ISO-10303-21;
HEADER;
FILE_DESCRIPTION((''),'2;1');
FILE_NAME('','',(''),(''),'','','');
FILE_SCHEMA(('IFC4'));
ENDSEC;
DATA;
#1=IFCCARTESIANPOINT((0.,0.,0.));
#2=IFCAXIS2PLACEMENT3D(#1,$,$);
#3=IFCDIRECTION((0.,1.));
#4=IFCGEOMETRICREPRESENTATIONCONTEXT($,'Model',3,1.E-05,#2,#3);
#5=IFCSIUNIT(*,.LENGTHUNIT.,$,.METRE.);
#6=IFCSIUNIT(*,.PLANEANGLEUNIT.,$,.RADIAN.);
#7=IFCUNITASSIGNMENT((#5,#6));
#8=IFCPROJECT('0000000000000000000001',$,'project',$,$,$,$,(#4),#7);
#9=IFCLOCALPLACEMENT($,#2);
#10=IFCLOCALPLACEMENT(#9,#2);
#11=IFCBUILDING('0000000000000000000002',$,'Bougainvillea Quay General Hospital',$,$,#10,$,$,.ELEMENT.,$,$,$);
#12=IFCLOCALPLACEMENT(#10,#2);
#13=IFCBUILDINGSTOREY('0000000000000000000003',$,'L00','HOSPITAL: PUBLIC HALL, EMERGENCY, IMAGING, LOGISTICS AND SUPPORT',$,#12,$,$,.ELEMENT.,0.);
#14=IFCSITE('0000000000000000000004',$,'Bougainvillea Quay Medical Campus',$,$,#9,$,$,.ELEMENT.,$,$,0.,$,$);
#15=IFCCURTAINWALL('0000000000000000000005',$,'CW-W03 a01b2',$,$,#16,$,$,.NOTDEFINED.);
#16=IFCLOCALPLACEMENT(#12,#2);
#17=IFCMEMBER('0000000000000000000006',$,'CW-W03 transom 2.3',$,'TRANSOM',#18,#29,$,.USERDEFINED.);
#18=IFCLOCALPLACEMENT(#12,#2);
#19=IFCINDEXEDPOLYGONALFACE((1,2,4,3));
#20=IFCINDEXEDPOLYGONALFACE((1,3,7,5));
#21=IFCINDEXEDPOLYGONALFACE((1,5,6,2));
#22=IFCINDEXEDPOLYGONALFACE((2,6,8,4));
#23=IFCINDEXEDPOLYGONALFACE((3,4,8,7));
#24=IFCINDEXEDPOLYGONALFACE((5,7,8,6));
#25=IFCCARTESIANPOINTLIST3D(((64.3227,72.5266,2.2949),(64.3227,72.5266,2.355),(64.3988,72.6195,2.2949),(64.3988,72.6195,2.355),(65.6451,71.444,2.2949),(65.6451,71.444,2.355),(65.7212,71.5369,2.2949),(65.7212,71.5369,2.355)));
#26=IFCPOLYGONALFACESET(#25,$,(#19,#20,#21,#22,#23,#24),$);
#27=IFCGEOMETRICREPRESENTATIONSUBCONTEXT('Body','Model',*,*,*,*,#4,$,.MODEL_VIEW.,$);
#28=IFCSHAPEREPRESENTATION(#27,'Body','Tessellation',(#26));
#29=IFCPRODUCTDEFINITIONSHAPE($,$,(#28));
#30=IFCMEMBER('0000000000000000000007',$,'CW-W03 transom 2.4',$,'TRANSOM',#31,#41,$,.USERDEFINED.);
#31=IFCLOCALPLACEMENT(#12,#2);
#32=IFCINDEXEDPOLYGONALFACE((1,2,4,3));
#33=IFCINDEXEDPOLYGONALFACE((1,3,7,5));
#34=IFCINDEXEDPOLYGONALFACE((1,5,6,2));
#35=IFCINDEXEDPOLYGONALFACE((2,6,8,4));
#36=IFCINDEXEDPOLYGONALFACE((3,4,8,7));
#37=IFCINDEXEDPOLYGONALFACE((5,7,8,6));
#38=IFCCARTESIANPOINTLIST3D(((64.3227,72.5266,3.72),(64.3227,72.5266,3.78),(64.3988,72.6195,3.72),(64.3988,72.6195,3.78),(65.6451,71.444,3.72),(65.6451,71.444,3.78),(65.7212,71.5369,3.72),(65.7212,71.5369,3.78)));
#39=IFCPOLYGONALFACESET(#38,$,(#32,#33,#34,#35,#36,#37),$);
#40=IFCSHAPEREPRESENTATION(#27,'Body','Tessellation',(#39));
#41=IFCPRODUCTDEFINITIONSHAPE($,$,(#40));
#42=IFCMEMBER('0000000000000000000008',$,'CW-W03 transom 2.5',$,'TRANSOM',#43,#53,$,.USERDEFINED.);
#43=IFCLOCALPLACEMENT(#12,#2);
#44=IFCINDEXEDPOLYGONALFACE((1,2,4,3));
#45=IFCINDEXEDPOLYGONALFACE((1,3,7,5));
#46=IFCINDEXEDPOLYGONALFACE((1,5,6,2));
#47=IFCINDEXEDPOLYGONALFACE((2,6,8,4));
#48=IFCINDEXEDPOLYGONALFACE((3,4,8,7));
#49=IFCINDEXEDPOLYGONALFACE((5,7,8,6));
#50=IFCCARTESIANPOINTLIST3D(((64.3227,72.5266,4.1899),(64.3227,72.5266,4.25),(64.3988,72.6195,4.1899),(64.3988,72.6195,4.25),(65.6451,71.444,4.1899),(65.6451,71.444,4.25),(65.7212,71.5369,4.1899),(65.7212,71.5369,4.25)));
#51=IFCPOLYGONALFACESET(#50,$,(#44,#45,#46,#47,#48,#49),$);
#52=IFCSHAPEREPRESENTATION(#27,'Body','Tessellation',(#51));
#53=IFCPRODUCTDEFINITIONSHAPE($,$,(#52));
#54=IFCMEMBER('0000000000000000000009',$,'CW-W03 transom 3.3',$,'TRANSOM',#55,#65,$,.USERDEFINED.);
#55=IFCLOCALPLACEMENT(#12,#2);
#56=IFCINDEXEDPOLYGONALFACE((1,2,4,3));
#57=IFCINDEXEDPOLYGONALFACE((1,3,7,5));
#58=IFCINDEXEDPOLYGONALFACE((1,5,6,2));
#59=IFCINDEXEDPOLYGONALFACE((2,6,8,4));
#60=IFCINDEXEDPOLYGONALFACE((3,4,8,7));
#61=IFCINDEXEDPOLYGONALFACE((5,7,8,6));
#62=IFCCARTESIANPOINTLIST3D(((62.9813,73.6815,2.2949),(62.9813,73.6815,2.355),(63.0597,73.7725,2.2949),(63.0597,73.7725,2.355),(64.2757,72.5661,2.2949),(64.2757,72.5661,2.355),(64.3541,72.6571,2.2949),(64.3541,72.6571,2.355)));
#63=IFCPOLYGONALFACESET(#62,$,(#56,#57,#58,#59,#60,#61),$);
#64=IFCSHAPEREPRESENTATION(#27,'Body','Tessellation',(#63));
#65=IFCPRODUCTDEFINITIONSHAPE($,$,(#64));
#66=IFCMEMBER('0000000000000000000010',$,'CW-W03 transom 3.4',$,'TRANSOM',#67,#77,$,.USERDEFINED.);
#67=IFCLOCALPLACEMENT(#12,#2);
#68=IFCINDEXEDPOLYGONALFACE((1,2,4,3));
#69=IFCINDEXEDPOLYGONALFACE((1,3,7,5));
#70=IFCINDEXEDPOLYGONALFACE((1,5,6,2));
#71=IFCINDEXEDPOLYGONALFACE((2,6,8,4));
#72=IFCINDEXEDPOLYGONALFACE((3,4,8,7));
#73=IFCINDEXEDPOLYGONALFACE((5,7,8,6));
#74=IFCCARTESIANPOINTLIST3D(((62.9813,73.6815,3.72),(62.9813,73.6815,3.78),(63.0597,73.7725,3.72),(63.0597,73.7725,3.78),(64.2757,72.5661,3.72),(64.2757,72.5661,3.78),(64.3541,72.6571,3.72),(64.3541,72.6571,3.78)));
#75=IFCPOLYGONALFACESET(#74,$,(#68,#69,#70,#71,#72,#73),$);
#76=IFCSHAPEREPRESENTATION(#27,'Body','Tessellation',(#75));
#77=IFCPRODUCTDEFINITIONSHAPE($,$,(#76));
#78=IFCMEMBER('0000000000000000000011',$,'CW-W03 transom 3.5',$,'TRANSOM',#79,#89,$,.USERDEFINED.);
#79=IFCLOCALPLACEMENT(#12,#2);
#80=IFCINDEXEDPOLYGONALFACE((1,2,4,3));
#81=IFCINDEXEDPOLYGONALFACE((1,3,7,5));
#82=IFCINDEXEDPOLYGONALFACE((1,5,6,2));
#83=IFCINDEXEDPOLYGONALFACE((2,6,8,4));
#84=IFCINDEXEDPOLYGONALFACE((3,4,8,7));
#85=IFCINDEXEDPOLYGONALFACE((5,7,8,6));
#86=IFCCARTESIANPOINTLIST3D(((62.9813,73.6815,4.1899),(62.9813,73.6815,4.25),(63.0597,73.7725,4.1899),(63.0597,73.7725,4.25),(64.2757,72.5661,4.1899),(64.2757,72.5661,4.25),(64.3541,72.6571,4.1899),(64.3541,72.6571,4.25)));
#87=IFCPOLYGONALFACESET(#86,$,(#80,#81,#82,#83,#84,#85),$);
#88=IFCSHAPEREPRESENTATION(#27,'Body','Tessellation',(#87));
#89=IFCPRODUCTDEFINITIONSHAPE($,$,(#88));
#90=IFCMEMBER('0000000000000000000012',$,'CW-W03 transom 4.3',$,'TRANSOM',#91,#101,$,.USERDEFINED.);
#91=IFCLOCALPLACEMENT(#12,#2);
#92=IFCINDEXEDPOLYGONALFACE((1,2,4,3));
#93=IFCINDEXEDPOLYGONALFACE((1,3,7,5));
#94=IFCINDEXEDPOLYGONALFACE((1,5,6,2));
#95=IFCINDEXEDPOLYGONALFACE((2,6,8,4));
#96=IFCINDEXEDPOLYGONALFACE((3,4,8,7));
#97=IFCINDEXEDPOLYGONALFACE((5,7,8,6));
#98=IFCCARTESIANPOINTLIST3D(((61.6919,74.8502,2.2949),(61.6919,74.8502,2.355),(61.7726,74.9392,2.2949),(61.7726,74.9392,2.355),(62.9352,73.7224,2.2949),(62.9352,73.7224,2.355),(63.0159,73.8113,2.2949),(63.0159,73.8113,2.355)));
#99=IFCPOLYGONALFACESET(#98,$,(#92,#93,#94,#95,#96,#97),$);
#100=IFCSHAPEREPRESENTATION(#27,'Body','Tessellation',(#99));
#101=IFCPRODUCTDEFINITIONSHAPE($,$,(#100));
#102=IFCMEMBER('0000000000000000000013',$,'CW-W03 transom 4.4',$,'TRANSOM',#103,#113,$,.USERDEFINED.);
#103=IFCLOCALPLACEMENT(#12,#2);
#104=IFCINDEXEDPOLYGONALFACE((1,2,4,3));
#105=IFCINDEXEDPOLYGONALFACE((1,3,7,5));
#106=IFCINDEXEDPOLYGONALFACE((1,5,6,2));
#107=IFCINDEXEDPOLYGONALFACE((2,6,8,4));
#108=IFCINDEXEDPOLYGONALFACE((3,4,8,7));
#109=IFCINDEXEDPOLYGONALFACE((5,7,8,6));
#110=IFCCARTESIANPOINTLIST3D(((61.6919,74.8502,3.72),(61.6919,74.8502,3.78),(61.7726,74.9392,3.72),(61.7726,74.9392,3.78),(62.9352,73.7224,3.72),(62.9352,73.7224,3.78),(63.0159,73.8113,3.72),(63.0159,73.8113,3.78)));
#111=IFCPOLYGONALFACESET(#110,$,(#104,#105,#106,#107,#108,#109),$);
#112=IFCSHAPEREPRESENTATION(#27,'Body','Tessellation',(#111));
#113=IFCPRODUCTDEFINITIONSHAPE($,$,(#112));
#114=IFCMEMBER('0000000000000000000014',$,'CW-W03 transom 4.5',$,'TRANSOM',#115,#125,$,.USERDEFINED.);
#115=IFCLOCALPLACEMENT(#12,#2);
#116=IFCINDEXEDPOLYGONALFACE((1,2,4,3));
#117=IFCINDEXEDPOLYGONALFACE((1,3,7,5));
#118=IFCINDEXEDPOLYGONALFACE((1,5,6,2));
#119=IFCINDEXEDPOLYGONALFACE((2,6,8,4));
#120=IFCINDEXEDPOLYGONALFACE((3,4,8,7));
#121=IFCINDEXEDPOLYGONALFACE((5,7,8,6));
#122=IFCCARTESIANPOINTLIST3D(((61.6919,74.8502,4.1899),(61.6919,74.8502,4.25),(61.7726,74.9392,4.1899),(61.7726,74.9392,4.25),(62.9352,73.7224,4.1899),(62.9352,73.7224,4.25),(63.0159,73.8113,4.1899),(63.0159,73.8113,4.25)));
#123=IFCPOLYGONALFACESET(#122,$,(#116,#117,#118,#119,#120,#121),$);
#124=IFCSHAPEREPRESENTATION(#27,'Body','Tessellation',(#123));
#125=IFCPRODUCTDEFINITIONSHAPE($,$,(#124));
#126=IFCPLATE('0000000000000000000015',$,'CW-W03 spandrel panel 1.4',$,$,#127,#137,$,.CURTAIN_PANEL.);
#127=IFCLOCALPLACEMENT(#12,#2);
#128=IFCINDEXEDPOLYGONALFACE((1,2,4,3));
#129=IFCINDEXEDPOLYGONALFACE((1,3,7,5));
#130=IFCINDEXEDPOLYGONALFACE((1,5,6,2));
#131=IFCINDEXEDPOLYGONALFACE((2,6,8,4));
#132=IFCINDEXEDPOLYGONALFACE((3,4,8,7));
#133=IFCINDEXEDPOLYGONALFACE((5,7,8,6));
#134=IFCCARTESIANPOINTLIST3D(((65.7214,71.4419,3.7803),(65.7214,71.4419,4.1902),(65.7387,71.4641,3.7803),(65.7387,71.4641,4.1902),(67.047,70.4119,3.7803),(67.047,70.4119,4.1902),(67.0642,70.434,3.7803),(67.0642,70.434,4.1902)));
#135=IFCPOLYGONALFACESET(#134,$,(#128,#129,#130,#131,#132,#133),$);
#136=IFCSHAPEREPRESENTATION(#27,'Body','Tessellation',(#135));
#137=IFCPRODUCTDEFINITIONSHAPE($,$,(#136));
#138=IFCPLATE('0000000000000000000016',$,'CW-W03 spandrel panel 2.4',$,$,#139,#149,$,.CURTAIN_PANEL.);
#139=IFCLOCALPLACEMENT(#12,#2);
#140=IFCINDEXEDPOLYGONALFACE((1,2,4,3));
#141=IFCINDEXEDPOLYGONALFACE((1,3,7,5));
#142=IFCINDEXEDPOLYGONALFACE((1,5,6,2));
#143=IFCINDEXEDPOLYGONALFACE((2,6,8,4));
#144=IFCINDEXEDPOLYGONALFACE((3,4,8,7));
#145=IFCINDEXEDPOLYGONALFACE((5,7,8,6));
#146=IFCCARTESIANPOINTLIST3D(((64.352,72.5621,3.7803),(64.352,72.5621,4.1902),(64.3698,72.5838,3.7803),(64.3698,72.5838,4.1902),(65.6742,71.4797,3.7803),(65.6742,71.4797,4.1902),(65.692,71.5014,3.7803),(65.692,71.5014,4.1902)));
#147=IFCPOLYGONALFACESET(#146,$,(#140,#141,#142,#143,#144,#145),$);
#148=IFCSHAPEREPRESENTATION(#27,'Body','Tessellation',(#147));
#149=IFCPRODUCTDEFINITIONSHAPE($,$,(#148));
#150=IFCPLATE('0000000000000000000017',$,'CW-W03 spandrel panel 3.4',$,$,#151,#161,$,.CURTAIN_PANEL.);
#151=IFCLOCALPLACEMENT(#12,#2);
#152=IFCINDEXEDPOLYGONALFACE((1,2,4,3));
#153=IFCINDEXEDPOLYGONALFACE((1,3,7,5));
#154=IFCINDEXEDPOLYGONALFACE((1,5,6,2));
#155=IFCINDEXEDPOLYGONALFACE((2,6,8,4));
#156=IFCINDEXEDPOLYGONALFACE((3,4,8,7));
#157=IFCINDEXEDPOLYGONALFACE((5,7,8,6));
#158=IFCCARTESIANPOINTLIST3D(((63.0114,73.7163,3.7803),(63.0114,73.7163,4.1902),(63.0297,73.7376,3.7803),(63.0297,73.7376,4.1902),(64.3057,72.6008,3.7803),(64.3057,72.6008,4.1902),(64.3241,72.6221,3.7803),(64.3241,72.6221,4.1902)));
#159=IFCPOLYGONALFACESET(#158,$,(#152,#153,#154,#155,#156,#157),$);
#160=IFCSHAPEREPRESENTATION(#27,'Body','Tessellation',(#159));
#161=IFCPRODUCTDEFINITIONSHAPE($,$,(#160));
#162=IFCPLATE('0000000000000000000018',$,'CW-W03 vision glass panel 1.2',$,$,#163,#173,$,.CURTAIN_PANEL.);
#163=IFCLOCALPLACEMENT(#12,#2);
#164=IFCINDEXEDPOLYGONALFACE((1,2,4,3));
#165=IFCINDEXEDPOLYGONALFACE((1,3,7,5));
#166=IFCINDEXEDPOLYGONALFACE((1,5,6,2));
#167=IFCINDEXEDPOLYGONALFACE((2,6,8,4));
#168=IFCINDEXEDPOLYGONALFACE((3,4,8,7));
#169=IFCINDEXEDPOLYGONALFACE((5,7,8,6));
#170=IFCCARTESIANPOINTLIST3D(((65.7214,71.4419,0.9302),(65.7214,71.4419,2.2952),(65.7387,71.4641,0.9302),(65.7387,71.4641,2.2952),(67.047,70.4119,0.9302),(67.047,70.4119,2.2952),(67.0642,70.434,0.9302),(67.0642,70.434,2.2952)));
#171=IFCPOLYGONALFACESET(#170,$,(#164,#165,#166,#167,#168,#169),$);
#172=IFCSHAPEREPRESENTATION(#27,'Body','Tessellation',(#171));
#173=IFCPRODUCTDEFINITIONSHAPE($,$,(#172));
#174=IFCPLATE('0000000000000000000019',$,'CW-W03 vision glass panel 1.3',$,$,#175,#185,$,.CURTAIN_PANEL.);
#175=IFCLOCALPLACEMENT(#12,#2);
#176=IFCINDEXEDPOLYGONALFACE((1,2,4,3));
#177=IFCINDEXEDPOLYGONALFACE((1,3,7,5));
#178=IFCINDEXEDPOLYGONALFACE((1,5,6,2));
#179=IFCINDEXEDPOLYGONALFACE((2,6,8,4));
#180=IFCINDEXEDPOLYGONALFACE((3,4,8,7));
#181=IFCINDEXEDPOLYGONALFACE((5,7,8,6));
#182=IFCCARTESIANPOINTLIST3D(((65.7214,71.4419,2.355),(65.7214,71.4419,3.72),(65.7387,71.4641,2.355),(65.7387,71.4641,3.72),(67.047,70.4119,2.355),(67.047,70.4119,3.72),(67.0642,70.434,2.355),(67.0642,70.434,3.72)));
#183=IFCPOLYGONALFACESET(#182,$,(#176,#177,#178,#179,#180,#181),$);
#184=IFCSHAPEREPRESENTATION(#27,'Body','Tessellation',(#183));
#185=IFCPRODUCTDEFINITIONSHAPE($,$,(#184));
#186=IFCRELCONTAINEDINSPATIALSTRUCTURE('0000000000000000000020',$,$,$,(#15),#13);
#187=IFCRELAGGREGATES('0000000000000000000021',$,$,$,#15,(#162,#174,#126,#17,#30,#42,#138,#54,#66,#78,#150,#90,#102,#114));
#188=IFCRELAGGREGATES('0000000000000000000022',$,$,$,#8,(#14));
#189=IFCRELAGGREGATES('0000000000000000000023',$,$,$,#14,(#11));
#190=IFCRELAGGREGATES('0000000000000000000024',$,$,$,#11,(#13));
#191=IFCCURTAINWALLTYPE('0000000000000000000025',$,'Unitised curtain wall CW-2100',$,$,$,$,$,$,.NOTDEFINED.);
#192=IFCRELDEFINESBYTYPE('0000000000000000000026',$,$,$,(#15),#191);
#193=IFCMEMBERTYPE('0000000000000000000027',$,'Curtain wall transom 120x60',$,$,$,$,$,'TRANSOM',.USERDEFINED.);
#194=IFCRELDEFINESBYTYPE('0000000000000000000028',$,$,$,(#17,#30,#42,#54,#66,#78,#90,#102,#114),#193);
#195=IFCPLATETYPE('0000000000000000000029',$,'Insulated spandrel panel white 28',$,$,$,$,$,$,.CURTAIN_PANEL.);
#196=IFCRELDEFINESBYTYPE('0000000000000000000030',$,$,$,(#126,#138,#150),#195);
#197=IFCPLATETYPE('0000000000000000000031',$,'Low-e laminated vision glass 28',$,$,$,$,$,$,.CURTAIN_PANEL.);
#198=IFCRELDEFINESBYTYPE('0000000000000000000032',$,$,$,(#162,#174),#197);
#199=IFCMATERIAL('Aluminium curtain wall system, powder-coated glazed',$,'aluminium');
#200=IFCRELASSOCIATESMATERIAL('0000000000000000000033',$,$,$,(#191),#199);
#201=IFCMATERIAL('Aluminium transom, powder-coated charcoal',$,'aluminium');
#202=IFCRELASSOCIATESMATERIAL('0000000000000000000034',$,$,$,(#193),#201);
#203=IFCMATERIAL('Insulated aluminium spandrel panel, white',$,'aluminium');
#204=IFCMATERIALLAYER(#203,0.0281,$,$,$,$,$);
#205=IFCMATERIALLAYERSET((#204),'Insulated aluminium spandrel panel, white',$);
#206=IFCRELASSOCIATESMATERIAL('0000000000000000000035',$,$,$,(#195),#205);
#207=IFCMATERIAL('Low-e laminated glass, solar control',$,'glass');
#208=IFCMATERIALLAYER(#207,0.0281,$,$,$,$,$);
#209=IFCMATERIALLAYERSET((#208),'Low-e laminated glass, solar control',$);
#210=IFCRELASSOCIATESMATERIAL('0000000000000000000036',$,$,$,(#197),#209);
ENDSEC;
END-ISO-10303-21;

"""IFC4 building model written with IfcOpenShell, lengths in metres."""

from ifc_helpers import new_model, si_unit, direction, frame, origin, origin_2d, place, context, subcontext, project, spatial, rectangle, extrude, material, layer, layer_set, material_profile, profile_set, type_object, element, aggregate, save


model = new_model("IFC4")

# Units and contexts
model_context = context("Model", 3, precision=1e-05, world=origin(), true_north=direction((0.0, 1.0)))
body_context = subcontext(model_context, "Body", "Model", "MODEL_VIEW")
ifc_project = project(units=[si_unit("LENGTHUNIT", "METRE"), si_unit("PLANEANGLEUNIT", "RADIAN")], contexts=[model_context])

# Site, building, storey
site_placement = place(None, origin())
site = spatial("IfcSite", under=ifc_project, at=site_placement, Name="Bougainvillea Quay Medical Campus", CompositionType="ELEMENT", RefElevation=0.0)
building_placement = place(site_placement, origin())
building = spatial("IfcBuilding", under=site, at=building_placement, Name="Bougainvillea Quay General Hospital", CompositionType="ELEMENT")
storey_placement = place(building_placement, origin())
storey = spatial("IfcBuildingStorey", under=building, at=storey_placement, Name="L00", Description="HOSPITAL: PUBLIC HALL, EMERGENCY, IMAGING, LOGISTICS AND SUPPORT", CompositionType="ELEMENT", Elevation=0.0)

# Curtain wall, members, plates
ifc_material_1 = material(Name="Aluminium curtain wall system, powder-coated glazed", Category="aluminium")
curtain_wall_type = type_object("IfcCurtainWallType", Name="Unitised curtain wall CW-2100", PredefinedType="NOTDEFINED", material=ifc_material_1)
curtain_wall_placement = place(storey_placement, origin())
curtain_wall = element("IfcCurtainWall", 1, at=curtain_wall_placement, inside=storey, type_object=curtain_wall_type, Name="CW-W03 a01b2", PredefinedType="NOTDEFINED")
ifc_material_2 = material(Name="Aluminium transom, powder-coated charcoal", Category="aluminium")
ifc_material_profile_1 = material_profile(ifc_material_2, rectangle(XDim=0.1201, YDim=0.0601, at=origin_2d()))
ifc_profile_set_1 = profile_set([ifc_material_profile_1], Name="Aluminium transom, powder-coated charcoal")
member_type = type_object("IfcMemberType", Name="Curtain wall transom 120x60", ElementType="TRANSOM", PredefinedType="USERDEFINED", material=ifc_profile_set_1)
member_1_placement = place(storey_placement, frame((65.6831, 71.4905, 2.325), z_axis=(-0.773766, 0.633471, 0.0), x_axis=(-0.633471, -0.773766, 0.0)))
member_1 = element("IfcMember", 2, at=member_1_placement, type_object=member_type, Name="CW-W03 transom 2.3", ObjectType="TRANSOM", PredefinedType="USERDEFINED", context=body_context, shape_type="SweptSolid", body=[
    extrude(rectangle(XDim=0.1201, YDim=0.0601, at=origin_2d()), origin(), (0.0, 0.0, 1.0), 1.709),
])
member_2_placement = place(storey_placement, frame((65.6831, 71.4905, 3.75), z_axis=(-0.773766, 0.633471, 0.0), x_axis=(-0.633471, -0.773766, 0.0)))
member_2 = element("IfcMember", 3, at=member_2_placement, type_object=member_type, Name="CW-W03 transom 2.4", ObjectType="TRANSOM", PredefinedType="USERDEFINED", context=body_context, shape_type="SweptSolid", body=[
    extrude(rectangle(XDim=0.1201, YDim=0.0601, at=origin_2d()), origin(), (0.0, 0.0, 1.0), 1.709),
])
member_3_placement = place(storey_placement, frame((65.6831, 71.4905, 4.22), z_axis=(-0.773766, 0.633471, 0.0), x_axis=(-0.633471, -0.773766, 0.0)))
member_3 = element("IfcMember", 4, at=member_3_placement, type_object=member_type, Name="CW-W03 transom 2.5", ObjectType="TRANSOM", PredefinedType="USERDEFINED", context=body_context, shape_type="SweptSolid", body=[
    extrude(rectangle(XDim=0.1201, YDim=0.0601, at=origin_2d()), origin(), (0.0, 0.0, 1.0), 1.709),
])
member_4_placement = place(storey_placement, frame((64.3149, 72.6116, 2.325), z_axis=(-0.757529, 0.652801, 0.0), x_axis=(-0.652801, -0.757529, 0.0)))
member_4 = element("IfcMember", 5, at=member_4_placement, type_object=member_type, Name="CW-W03 transom 3.3", ObjectType="TRANSOM", PredefinedType="USERDEFINED", context=body_context, shape_type="SweptSolid", body=[
    extrude(rectangle(XDim=0.1201, YDim=0.0601, at=origin_2d()), origin(), (0.0, 0.0, 1.0), 1.7087),
])
member_5_placement = place(storey_placement, frame((64.3149, 72.6116, 3.75), z_axis=(-0.757529, 0.652801, 0.0), x_axis=(-0.652801, -0.757529, 0.0)))
member_5 = element("IfcMember", 6, at=member_5_placement, type_object=member_type, Name="CW-W03 transom 3.4", ObjectType="TRANSOM", PredefinedType="USERDEFINED", context=body_context, shape_type="SweptSolid", body=[
    extrude(rectangle(XDim=0.1201, YDim=0.0601, at=origin_2d()), origin(), (0.0, 0.0, 1.0), 1.7087),
])
member_6_placement = place(storey_placement, frame((64.3149, 72.6116, 4.22), z_axis=(-0.757529, 0.652801, 0.0), x_axis=(-0.652801, -0.757529, 0.0)))
member_6 = element("IfcMember", 7, at=member_6_placement, type_object=member_type, Name="CW-W03 transom 3.5", ObjectType="TRANSOM", PredefinedType="USERDEFINED", context=body_context, shape_type="SweptSolid", body=[
    extrude(rectangle(XDim=0.1201, YDim=0.0601, at=origin_2d()), origin(), (0.0, 0.0, 1.0), 1.7087),
])
member_7_placement = place(storey_placement, frame((62.9756, 73.7668, 2.325), z_axis=(-0.740663, 0.671876, 0.0), x_axis=(-0.671876, -0.740663, 0.0)))
member_7 = element("IfcMember", 8, at=member_7_placement, type_object=member_type, Name="CW-W03 transom 4.3", ObjectType="TRANSOM", PredefinedType="USERDEFINED", context=body_context, shape_type="SweptSolid", body=[
    extrude(rectangle(XDim=0.1201, YDim=0.0601, at=origin_2d()), origin(), (0.0, 0.0, 1.0), 1.6787),
])
member_8_placement = place(storey_placement, frame((62.9756, 73.7668, 3.75), z_axis=(-0.740663, 0.671876, 0.0), x_axis=(-0.671876, -0.740663, 0.0)))
member_8 = element("IfcMember", 9, at=member_8_placement, type_object=member_type, Name="CW-W03 transom 4.4", ObjectType="TRANSOM", PredefinedType="USERDEFINED", context=body_context, shape_type="SweptSolid", body=[
    extrude(rectangle(XDim=0.1201, YDim=0.0601, at=origin_2d()), origin(), (0.0, 0.0, 1.0), 1.6787),
])
member_9_placement = place(storey_placement, frame((62.9756, 73.7668, 4.22), z_axis=(-0.740663, 0.671876, 0.0), x_axis=(-0.671876, -0.740663, 0.0)))
member_9 = element("IfcMember", 10, at=member_9_placement, type_object=member_type, Name="CW-W03 transom 4.5", ObjectType="TRANSOM", PredefinedType="USERDEFINED", context=body_context, shape_type="SweptSolid", body=[
    extrude(rectangle(XDim=0.1201, YDim=0.0601, at=origin_2d()), origin(), (0.0, 0.0, 1.0), 1.6787),
])
ifc_material_3 = material(Name="Insulated aluminium spandrel panel, white", Category="aluminium")
ifc_layer_1 = layer(ifc_material_3, 0.0281)
ifc_layer_set_1 = layer_set([ifc_layer_1], Name="Insulated aluminium spandrel panel, white")
plate_type_1 = type_object("IfcPlateType", Name="Insulated spandrel panel white 28", PredefinedType="CURTAIN_PANEL", material=ifc_layer_set_1)
plate_1_placement = place(storey_placement, frame((66.3928, 70.938, 3.7803), z_axis=(0.0, 0.0, 1.0), x_axis=(-0.789614, 0.613603, 0.0)))
plate_1 = element("IfcPlate", 11, at=plate_1_placement, type_object=plate_type_1, Name="CW-W03 spandrel panel 1.4", PredefinedType="CURTAIN_PANEL", context=body_context, shape_type="SweptSolid", body=[
    extrude(rectangle(XDim=1.6787, YDim=0.0281, at=origin_2d()), origin(), (0.0, 0.0, 1.0), 0.4099),
])
plate_2_placement = place(storey_placement, frame((65.022, 72.0317, 3.7803), z_axis=(0.0, 0.0, 1.0), x_axis=(-0.773802, 0.633428, 0.0)))
plate_2 = element("IfcPlate", 12, at=plate_2_placement, type_object=plate_type_1, Name="CW-W03 spandrel panel 2.4", PredefinedType="CURTAIN_PANEL", context=body_context, shape_type="SweptSolid", body=[
    extrude(rectangle(XDim=1.7087, YDim=0.0281, at=origin_2d()), origin(), (0.0, 0.0, 1.0), 0.4099),
])
plate_3_placement = place(storey_placement, frame((63.6677, 73.1692, 3.7803), z_axis=(0.0, 0.0, 1.0), x_axis=(-0.757491, 0.652846, 0.0)))
plate_3 = element("IfcPlate", 13, at=plate_3_placement, type_object=plate_type_1, Name="CW-W03 spandrel panel 3.4", PredefinedType="CURTAIN_PANEL", context=body_context, shape_type="SweptSolid", body=[
    extrude(rectangle(XDim=1.7087, YDim=0.0281, at=origin_2d()), origin(), (0.0, 0.0, 1.0), 0.4099),
])
ifc_material_4 = material(Name="Low-e laminated glass, solar control", Category="glass")
ifc_layer_2 = layer(ifc_material_4, 0.0281)
ifc_layer_set_2 = layer_set([ifc_layer_2], Name="Low-e laminated glass, solar control")
plate_type_2 = type_object("IfcPlateType", Name="Low-e laminated vision glass 28", PredefinedType="CURTAIN_PANEL", material=ifc_layer_set_2)
plate_4_placement = place(storey_placement, frame((66.3928, 70.938, 0.9302), z_axis=(0.0, 0.0, 1.0), x_axis=(-0.789614, 0.613603, 0.0)))
plate_4 = element("IfcPlate", 14, at=plate_4_placement, type_object=plate_type_2, Name="CW-W03 vision glass panel 1.2", PredefinedType="CURTAIN_PANEL", context=body_context, shape_type="SweptSolid", body=[
    extrude(rectangle(XDim=1.6787, YDim=0.0281, at=origin_2d()), origin(), (0.0, 0.0, 1.0), 1.365),
])
plate_5_placement = place(storey_placement, frame((66.3928, 70.938, 2.355), z_axis=(0.0, 0.0, 1.0), x_axis=(-0.789614, 0.613603, 0.0)))
plate_5 = element("IfcPlate", 15, at=plate_5_placement, type_object=plate_type_2, Name="CW-W03 vision glass panel 1.3", PredefinedType="CURTAIN_PANEL", context=body_context, shape_type="SweptSolid", body=[
    extrude(rectangle(XDim=1.6787, YDim=0.0281, at=origin_2d()), origin(), (0.0, 0.0, 1.0), 1.365),
])
aggregate(curtain_wall, [plate_4, plate_5, plate_1, member_1, member_2, member_3, plate_2, member_4, member_5, member_6, plate_3, member_7, member_8, member_9])

save(model, "model.ifc")
